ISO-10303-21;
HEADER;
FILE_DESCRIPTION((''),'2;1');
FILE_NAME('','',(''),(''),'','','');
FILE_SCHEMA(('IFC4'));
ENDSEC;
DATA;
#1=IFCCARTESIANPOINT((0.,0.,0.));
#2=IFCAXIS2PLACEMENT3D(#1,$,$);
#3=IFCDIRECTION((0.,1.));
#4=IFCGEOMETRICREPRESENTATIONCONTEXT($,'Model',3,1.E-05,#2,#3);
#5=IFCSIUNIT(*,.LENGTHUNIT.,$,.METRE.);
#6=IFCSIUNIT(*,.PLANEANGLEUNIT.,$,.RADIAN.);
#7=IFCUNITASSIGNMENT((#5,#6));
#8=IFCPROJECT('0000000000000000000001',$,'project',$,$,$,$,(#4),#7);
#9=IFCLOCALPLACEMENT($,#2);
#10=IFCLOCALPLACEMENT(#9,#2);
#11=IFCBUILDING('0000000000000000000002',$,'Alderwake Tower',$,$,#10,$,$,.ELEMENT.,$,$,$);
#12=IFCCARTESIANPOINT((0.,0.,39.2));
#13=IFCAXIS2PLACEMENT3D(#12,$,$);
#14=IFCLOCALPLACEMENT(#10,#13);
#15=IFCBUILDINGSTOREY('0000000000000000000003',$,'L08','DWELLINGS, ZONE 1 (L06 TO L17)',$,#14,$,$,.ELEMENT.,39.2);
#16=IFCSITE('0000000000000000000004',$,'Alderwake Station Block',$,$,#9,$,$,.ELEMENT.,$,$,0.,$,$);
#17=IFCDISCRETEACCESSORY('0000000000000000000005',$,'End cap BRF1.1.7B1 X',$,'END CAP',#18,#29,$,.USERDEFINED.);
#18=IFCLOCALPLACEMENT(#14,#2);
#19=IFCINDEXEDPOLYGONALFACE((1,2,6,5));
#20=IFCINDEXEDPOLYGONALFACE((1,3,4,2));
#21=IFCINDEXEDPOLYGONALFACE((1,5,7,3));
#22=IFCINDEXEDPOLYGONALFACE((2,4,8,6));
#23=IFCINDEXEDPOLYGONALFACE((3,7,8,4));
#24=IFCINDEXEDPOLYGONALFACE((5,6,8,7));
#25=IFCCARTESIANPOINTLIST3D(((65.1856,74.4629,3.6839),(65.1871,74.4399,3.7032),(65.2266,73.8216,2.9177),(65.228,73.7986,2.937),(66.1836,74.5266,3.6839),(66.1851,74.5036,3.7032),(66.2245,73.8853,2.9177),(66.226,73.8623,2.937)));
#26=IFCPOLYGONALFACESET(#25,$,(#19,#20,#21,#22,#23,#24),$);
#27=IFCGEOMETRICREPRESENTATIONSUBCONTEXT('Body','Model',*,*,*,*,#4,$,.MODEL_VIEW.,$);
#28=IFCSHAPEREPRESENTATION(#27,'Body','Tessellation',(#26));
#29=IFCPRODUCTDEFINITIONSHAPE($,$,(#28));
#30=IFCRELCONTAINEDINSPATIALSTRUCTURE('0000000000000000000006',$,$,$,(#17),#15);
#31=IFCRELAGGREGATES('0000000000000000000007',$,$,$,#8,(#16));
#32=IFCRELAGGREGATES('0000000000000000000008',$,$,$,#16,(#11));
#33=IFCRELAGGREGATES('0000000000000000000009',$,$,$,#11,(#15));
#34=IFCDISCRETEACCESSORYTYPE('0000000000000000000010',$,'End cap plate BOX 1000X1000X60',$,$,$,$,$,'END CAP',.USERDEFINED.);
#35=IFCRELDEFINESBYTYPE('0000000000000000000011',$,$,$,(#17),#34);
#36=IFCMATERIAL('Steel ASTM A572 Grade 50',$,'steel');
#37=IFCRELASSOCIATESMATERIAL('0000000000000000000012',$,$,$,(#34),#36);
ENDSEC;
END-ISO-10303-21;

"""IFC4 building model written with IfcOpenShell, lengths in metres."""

from ifc_helpers import new_model, si_unit, direction, frame, origin, origin_2d, place, context, subcontext, project, spatial, rectangle, extrude, material, material_profile, profile_set, type_object, element, save


model = new_model("IFC4")

# Units and contexts
model_context = context("Model", 3, precision=1e-05, world=origin(), true_north=direction((0.0, 1.0)))
body_context = subcontext(model_context, "Body", "Model", "MODEL_VIEW")
ifc_project = project(units=[si_unit("LENGTHUNIT", "METRE"), si_unit("PLANEANGLEUNIT", "RADIAN")], contexts=[model_context])

# Site, building, storey
site_placement = place(None, origin())
site = spatial("IfcSite", under=ifc_project, at=site_placement, Name="Alderwake Station Block", CompositionType="ELEMENT", RefElevation=0.0)
building_placement = place(site_placement, origin())
building = spatial("IfcBuilding", under=site, at=building_placement, Name="Alderwake Tower", CompositionType="ELEMENT")
storey_placement = place(building_placement, frame((0.0, 0.0, 39.2)))
storey = spatial("IfcBuildingStorey", under=building, at=storey_placement, Name="L08", Description="DWELLINGS, ZONE 1 (L06 TO L17)", CompositionType="ELEMENT", Elevation=39.2)

# Discrete accessory
ifc_material_1 = material(Name="Steel ASTM A572 Grade 50", Category="steel")
ifc_material_profile_1 = material_profile(ifc_material_1, rectangle(XDim=1.0, YDim=1.0, at=origin_2d()), Name="BOX 1000X1000X60 cap")
ifc_profile_set_1 = profile_set([ifc_material_profile_1], Name="Steel ASTM A572 Grade 50")
discrete_accessory_type = type_object("IfcDiscreteAccessoryType", Name="End cap plate BOX 1000X1000X60", ElementType="END CAP", PredefinedType="USERDEFINED", material=ifc_profile_set_1)
discrete_accessory_placement = place(storey_placement, frame((65.7051, 74.1741, 3.3008), z_axis=(0.048806, -0.764632, 0.642616), x_axis=(0.997969, 0.0637, 0.0)))
element("IfcDiscreteAccessory", 1, at=discrete_accessory_placement, inside=storey, type_object=discrete_accessory_type, Name="End cap BRF1.1.7B1 X", ObjectType="END CAP", PredefinedType="USERDEFINED", context=body_context, shape_type="SweptSolid", body=[
    extrude(rectangle(XDim=1.0, YDim=1.0, at=origin_2d()), origin(), (0.0, 0.0, 1.0), 0.03),
])

save(model, "model.ifc")
